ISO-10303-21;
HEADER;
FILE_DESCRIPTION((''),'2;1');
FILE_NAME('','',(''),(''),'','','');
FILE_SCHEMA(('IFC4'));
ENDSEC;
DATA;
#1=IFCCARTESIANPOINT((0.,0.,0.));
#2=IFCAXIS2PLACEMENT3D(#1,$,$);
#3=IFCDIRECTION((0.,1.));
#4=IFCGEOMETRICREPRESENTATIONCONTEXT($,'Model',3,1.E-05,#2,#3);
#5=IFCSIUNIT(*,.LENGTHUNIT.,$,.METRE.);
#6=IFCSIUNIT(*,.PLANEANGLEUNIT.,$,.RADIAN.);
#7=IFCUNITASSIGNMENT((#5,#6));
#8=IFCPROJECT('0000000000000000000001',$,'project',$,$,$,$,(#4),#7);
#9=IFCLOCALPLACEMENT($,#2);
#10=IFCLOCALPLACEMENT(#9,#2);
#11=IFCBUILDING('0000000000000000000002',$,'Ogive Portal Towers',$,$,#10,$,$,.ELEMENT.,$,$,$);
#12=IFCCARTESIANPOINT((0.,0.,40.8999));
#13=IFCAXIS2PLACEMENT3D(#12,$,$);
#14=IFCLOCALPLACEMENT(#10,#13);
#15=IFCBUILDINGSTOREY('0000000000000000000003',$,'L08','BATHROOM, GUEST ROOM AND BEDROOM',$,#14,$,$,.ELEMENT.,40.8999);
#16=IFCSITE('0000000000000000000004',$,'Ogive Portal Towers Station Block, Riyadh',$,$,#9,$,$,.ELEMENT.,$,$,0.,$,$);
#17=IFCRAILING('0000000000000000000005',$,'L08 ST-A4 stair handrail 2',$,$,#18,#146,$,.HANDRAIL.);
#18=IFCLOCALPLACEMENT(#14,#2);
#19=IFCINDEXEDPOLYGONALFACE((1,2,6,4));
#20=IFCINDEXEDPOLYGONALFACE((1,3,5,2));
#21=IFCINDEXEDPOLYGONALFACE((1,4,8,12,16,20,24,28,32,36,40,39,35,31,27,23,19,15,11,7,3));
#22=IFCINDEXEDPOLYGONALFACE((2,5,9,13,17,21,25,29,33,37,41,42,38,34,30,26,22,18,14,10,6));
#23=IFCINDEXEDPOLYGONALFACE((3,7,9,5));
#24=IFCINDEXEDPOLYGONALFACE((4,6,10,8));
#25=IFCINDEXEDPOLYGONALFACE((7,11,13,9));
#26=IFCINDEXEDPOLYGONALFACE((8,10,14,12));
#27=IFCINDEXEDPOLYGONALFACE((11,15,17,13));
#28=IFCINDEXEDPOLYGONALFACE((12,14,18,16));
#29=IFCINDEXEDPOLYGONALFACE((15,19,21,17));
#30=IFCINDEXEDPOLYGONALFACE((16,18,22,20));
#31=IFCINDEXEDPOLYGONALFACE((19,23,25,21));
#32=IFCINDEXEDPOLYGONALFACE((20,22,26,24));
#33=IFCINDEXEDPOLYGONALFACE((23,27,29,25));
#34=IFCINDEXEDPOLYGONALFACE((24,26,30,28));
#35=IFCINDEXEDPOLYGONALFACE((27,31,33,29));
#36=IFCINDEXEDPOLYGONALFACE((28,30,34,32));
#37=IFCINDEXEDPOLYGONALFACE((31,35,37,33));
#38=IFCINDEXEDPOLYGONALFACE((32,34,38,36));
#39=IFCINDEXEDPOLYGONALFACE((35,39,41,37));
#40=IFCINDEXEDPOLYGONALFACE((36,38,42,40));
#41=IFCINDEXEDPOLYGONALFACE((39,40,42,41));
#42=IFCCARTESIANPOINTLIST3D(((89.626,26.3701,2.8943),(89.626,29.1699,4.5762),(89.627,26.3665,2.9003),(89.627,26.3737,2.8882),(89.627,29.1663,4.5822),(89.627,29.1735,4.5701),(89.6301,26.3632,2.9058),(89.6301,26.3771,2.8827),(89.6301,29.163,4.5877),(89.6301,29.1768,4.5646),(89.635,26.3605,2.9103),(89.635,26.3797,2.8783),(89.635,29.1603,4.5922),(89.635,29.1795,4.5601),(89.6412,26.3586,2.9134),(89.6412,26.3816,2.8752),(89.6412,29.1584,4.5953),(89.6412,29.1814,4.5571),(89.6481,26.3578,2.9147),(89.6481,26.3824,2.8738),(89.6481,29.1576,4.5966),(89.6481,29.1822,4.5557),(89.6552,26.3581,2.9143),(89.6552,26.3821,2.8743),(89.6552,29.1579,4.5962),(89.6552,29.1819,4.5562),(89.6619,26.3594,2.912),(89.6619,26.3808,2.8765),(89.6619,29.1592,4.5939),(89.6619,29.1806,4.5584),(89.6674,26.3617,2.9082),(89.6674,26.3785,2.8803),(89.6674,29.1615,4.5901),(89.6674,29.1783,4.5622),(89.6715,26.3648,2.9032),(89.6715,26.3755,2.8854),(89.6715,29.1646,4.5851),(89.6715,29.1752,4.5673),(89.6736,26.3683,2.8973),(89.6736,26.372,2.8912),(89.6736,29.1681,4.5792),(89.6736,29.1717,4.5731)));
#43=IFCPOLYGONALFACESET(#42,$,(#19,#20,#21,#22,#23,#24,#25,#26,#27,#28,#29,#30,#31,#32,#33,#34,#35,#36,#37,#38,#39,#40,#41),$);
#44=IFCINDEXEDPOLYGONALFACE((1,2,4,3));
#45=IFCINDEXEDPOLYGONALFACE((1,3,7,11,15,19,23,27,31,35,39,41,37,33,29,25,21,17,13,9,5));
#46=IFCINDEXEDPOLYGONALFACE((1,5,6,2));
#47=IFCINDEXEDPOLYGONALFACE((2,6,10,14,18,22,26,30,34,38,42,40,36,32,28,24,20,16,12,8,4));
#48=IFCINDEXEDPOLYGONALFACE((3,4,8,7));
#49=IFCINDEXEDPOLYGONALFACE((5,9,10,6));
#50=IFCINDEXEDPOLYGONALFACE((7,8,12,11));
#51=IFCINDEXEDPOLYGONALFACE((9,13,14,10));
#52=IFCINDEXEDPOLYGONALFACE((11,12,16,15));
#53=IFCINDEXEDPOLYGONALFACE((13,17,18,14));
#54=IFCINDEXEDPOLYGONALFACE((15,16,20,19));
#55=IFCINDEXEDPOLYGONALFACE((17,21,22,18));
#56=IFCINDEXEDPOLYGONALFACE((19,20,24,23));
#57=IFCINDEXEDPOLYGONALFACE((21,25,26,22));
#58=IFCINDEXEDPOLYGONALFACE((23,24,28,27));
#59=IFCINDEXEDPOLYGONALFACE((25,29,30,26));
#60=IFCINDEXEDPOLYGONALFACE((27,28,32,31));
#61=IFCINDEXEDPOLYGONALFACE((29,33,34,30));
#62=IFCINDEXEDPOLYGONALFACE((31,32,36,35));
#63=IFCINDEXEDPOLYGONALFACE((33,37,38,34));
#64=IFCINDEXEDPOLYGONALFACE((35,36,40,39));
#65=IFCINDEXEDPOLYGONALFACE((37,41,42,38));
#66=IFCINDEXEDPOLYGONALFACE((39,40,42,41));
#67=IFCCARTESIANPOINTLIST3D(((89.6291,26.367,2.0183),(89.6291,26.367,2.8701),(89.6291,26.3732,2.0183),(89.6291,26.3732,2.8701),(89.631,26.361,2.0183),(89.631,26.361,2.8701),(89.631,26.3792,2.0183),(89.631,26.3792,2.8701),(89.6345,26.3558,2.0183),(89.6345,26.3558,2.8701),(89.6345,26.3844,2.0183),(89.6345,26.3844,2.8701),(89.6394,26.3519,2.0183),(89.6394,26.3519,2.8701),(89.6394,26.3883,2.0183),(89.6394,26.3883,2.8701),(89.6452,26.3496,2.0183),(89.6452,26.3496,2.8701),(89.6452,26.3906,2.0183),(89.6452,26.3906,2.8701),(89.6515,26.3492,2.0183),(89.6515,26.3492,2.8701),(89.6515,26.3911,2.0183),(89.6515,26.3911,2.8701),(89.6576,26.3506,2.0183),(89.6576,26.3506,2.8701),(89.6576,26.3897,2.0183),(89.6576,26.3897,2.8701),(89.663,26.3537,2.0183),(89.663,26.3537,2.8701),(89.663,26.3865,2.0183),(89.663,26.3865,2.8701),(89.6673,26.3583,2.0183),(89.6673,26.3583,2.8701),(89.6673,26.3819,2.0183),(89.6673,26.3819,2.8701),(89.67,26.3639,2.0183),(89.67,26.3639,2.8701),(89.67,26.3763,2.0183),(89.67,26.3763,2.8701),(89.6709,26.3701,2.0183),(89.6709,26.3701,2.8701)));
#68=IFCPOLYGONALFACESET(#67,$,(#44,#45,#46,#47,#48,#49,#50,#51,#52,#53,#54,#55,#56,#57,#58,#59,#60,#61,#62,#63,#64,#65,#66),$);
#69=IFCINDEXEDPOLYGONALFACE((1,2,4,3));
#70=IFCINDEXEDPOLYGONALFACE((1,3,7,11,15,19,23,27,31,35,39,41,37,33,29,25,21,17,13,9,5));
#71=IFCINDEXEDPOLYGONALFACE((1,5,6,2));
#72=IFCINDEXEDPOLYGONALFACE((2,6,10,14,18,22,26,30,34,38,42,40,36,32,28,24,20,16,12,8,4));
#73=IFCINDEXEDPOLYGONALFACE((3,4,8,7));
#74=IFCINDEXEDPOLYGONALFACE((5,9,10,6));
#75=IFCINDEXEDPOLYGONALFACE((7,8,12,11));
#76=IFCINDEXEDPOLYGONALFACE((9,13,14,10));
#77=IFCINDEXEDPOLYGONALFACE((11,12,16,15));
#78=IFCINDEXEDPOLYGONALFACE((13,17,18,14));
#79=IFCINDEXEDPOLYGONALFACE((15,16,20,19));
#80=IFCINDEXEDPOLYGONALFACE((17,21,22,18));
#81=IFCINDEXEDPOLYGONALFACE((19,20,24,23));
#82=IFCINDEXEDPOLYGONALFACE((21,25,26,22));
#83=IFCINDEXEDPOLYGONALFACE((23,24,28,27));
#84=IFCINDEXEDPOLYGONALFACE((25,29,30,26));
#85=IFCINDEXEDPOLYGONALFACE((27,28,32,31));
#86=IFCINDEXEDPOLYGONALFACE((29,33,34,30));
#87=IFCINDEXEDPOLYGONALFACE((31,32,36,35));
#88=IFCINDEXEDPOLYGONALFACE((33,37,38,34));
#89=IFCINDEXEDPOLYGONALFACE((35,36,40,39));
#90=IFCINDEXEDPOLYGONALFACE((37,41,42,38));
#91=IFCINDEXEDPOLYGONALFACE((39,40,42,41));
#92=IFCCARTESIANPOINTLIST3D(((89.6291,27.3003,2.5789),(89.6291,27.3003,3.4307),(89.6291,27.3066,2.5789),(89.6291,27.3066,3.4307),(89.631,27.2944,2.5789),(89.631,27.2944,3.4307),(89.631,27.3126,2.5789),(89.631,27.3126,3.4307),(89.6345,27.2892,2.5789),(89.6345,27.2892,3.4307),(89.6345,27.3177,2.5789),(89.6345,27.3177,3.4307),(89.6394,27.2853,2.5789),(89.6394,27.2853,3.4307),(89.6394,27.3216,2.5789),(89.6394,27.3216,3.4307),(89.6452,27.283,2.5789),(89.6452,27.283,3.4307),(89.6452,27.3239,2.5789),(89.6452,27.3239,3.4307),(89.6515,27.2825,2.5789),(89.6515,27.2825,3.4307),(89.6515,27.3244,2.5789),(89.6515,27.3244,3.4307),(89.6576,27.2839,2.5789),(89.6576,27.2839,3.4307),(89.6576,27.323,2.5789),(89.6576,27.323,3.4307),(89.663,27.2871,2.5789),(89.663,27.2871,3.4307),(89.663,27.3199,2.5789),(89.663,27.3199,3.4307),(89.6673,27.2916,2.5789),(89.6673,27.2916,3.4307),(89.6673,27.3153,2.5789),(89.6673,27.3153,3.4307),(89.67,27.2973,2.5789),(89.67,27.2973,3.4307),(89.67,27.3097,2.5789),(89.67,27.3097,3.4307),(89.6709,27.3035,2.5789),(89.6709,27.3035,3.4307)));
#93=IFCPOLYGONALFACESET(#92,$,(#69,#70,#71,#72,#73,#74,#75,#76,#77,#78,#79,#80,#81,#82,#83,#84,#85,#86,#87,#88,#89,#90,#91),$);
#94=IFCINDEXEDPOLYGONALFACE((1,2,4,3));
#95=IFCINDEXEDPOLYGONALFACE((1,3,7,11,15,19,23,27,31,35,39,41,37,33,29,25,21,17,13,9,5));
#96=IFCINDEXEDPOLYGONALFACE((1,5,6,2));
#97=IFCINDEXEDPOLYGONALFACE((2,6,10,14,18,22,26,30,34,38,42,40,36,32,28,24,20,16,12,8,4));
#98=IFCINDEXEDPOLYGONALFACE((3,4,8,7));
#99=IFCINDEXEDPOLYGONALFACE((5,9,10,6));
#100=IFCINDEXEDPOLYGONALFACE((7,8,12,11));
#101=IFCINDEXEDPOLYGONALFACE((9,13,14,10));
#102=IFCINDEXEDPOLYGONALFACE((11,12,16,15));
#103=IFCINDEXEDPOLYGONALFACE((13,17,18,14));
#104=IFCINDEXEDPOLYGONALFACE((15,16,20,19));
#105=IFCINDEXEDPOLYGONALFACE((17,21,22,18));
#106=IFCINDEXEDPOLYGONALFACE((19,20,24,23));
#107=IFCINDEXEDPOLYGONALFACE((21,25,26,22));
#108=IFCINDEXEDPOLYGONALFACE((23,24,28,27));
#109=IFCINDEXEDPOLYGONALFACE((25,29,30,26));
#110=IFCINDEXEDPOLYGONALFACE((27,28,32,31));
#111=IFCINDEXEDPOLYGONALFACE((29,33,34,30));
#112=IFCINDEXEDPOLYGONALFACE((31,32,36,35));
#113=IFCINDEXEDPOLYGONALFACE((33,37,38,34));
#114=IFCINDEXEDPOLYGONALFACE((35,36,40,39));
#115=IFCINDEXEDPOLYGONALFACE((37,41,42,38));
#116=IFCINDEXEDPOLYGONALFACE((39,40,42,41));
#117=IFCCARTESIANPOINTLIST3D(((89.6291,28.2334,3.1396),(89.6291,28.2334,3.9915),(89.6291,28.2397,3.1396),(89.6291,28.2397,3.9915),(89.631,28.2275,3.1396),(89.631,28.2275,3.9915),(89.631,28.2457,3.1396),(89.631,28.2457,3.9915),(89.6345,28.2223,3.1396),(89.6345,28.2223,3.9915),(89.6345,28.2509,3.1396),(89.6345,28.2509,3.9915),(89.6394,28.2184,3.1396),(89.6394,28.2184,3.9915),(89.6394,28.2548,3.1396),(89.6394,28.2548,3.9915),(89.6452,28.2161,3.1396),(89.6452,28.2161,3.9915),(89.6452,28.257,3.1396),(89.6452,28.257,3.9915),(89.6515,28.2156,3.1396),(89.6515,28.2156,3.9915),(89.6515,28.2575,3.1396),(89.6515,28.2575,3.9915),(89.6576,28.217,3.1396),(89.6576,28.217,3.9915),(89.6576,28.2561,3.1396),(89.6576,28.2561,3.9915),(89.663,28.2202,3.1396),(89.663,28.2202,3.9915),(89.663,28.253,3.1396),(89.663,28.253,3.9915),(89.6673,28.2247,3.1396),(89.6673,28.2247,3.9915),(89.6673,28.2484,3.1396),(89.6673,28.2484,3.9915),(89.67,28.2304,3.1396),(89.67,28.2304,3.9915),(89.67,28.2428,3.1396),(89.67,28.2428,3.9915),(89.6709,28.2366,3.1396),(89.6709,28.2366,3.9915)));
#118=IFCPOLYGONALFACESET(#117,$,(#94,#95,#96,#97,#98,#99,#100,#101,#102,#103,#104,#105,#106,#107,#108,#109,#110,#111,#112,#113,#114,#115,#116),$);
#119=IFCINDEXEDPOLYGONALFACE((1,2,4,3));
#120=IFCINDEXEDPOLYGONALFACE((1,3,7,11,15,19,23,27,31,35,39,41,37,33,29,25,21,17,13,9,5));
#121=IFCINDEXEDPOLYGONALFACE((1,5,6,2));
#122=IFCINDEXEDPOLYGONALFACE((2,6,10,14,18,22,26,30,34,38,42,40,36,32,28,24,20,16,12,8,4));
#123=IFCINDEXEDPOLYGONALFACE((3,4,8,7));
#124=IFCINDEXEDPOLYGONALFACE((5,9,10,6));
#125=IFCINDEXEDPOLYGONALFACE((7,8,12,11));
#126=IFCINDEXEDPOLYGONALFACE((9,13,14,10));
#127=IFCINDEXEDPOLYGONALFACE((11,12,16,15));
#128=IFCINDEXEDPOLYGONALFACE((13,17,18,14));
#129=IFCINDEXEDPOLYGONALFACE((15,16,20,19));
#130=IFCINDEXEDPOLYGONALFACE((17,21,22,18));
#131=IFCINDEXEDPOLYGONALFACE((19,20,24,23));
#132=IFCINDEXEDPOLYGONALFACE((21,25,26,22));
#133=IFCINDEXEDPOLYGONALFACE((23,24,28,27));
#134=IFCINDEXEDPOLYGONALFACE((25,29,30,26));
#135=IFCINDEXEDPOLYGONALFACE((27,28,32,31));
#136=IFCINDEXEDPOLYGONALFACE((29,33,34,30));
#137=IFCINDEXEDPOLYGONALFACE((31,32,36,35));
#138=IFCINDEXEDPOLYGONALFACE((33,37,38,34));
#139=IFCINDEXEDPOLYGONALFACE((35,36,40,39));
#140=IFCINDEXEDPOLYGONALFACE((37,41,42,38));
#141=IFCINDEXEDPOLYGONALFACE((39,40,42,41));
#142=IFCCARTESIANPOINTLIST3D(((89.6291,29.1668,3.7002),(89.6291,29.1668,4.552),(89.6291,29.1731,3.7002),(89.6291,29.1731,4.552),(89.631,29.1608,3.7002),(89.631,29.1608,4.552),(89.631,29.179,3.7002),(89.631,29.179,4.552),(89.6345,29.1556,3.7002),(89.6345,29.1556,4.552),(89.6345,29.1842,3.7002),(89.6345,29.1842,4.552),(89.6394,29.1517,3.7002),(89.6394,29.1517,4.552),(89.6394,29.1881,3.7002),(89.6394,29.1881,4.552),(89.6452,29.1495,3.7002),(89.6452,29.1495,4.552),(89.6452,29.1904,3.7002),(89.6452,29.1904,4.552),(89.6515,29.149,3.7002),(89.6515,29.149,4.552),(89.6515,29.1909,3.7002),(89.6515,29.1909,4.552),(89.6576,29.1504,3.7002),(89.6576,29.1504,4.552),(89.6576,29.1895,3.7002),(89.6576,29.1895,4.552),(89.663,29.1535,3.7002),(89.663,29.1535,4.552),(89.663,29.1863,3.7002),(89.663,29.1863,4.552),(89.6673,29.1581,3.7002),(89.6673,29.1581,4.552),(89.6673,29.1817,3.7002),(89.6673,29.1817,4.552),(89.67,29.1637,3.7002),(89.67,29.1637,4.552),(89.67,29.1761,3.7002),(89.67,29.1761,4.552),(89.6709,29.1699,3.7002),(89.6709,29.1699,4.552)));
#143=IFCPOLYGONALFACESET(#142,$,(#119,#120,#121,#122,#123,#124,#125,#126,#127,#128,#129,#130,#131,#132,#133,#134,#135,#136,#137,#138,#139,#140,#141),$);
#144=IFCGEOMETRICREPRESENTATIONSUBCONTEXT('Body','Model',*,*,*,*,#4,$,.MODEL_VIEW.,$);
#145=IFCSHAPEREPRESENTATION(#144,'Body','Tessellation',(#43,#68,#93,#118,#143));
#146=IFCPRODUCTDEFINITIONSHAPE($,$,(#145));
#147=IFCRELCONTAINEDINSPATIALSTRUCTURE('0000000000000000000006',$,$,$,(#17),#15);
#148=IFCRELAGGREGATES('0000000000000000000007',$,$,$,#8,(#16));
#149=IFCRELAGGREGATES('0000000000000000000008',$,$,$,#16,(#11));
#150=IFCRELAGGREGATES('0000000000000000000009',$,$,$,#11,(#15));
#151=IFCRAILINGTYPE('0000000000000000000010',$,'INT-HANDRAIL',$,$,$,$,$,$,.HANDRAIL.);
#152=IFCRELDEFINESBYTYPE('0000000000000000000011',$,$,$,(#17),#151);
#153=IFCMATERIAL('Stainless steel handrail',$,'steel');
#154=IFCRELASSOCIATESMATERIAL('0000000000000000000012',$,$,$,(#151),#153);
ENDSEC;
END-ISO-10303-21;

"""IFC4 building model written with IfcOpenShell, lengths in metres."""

from ifc_helpers import new_model, si_unit, direction, frame, origin, origin_2d, place, context, subcontext, project, spatial, circle, extrude, material, type_object, element, save


model = new_model("IFC4")

# Units and contexts
model_context = context("Model", 3, precision=1e-05, world=origin(), true_north=direction((0.0, 1.0)))
body_context = subcontext(model_context, "Body", "Model", "MODEL_VIEW")
ifc_project = project(units=[si_unit("LENGTHUNIT", "METRE"), si_unit("PLANEANGLEUNIT", "RADIAN")], contexts=[model_context])

# Site, building, storey
site_placement = place(None, origin())
site = spatial("IfcSite", under=ifc_project, at=site_placement, Name="Ogive Portal Towers Station Block, Riyadh", CompositionType="ELEMENT", RefElevation=0.0)
building_placement = place(site_placement, origin())
building = spatial("IfcBuilding", under=site, at=building_placement, Name="Ogive Portal Towers", CompositionType="ELEMENT")
storey_placement = place(building_placement, frame((0.0, 0.0, 40.8999)))
storey = spatial("IfcBuildingStorey", under=building, at=storey_placement, Name="L08", Description="BATHROOM, GUEST ROOM AND BEDROOM", CompositionType="ELEMENT", Elevation=40.8999)

# Railing
ifc_material_1 = material(Name="Stainless steel handrail", Category="steel")
railing_type_1 = type_object("IfcRailingType", Name="INT-HANDRAIL", PredefinedType="HANDRAIL", material=ifc_material_1)
railing_1_placement = place(storey_placement, frame((89.6499, 26.3701, 2.0183)))
element("IfcRailing", 1, at=railing_1_placement, inside=storey, type_object=railing_type_1, Name="L08 ST-A4 stair handrail 2", PredefinedType="HANDRAIL", context=body_context, shape_type="SweptSolid", body=[
    extrude(circle(Radius=0.0239, at=origin_2d()), frame((0.0, 0.0, 0.876), z_axis=(0.0, 0.857222, 0.514946), x_axis=(-1.0, 0.0, 0.0)), (0.0, 0.0, 1.0), 3.2661),
    extrude(circle(Radius=0.021, at=origin_2d()), origin(), (0.0, 0.0, 1.0), 0.8518),
    extrude(circle(Radius=0.021, at=origin_2d()), frame((0.0, 0.9333, 0.5605)), (0.0, 0.0, 1.0), 0.8518),
    extrude(circle(Radius=0.021, at=origin_2d()), frame((0.0, 1.8665, 1.1213)), (0.0, 0.0, 1.0), 0.8518),
    extrude(circle(Radius=0.021, at=origin_2d()), frame((0.0, 2.7998, 1.6819)), (0.0, 0.0, 1.0), 0.8518),
])

save(model, "model.ifc")
